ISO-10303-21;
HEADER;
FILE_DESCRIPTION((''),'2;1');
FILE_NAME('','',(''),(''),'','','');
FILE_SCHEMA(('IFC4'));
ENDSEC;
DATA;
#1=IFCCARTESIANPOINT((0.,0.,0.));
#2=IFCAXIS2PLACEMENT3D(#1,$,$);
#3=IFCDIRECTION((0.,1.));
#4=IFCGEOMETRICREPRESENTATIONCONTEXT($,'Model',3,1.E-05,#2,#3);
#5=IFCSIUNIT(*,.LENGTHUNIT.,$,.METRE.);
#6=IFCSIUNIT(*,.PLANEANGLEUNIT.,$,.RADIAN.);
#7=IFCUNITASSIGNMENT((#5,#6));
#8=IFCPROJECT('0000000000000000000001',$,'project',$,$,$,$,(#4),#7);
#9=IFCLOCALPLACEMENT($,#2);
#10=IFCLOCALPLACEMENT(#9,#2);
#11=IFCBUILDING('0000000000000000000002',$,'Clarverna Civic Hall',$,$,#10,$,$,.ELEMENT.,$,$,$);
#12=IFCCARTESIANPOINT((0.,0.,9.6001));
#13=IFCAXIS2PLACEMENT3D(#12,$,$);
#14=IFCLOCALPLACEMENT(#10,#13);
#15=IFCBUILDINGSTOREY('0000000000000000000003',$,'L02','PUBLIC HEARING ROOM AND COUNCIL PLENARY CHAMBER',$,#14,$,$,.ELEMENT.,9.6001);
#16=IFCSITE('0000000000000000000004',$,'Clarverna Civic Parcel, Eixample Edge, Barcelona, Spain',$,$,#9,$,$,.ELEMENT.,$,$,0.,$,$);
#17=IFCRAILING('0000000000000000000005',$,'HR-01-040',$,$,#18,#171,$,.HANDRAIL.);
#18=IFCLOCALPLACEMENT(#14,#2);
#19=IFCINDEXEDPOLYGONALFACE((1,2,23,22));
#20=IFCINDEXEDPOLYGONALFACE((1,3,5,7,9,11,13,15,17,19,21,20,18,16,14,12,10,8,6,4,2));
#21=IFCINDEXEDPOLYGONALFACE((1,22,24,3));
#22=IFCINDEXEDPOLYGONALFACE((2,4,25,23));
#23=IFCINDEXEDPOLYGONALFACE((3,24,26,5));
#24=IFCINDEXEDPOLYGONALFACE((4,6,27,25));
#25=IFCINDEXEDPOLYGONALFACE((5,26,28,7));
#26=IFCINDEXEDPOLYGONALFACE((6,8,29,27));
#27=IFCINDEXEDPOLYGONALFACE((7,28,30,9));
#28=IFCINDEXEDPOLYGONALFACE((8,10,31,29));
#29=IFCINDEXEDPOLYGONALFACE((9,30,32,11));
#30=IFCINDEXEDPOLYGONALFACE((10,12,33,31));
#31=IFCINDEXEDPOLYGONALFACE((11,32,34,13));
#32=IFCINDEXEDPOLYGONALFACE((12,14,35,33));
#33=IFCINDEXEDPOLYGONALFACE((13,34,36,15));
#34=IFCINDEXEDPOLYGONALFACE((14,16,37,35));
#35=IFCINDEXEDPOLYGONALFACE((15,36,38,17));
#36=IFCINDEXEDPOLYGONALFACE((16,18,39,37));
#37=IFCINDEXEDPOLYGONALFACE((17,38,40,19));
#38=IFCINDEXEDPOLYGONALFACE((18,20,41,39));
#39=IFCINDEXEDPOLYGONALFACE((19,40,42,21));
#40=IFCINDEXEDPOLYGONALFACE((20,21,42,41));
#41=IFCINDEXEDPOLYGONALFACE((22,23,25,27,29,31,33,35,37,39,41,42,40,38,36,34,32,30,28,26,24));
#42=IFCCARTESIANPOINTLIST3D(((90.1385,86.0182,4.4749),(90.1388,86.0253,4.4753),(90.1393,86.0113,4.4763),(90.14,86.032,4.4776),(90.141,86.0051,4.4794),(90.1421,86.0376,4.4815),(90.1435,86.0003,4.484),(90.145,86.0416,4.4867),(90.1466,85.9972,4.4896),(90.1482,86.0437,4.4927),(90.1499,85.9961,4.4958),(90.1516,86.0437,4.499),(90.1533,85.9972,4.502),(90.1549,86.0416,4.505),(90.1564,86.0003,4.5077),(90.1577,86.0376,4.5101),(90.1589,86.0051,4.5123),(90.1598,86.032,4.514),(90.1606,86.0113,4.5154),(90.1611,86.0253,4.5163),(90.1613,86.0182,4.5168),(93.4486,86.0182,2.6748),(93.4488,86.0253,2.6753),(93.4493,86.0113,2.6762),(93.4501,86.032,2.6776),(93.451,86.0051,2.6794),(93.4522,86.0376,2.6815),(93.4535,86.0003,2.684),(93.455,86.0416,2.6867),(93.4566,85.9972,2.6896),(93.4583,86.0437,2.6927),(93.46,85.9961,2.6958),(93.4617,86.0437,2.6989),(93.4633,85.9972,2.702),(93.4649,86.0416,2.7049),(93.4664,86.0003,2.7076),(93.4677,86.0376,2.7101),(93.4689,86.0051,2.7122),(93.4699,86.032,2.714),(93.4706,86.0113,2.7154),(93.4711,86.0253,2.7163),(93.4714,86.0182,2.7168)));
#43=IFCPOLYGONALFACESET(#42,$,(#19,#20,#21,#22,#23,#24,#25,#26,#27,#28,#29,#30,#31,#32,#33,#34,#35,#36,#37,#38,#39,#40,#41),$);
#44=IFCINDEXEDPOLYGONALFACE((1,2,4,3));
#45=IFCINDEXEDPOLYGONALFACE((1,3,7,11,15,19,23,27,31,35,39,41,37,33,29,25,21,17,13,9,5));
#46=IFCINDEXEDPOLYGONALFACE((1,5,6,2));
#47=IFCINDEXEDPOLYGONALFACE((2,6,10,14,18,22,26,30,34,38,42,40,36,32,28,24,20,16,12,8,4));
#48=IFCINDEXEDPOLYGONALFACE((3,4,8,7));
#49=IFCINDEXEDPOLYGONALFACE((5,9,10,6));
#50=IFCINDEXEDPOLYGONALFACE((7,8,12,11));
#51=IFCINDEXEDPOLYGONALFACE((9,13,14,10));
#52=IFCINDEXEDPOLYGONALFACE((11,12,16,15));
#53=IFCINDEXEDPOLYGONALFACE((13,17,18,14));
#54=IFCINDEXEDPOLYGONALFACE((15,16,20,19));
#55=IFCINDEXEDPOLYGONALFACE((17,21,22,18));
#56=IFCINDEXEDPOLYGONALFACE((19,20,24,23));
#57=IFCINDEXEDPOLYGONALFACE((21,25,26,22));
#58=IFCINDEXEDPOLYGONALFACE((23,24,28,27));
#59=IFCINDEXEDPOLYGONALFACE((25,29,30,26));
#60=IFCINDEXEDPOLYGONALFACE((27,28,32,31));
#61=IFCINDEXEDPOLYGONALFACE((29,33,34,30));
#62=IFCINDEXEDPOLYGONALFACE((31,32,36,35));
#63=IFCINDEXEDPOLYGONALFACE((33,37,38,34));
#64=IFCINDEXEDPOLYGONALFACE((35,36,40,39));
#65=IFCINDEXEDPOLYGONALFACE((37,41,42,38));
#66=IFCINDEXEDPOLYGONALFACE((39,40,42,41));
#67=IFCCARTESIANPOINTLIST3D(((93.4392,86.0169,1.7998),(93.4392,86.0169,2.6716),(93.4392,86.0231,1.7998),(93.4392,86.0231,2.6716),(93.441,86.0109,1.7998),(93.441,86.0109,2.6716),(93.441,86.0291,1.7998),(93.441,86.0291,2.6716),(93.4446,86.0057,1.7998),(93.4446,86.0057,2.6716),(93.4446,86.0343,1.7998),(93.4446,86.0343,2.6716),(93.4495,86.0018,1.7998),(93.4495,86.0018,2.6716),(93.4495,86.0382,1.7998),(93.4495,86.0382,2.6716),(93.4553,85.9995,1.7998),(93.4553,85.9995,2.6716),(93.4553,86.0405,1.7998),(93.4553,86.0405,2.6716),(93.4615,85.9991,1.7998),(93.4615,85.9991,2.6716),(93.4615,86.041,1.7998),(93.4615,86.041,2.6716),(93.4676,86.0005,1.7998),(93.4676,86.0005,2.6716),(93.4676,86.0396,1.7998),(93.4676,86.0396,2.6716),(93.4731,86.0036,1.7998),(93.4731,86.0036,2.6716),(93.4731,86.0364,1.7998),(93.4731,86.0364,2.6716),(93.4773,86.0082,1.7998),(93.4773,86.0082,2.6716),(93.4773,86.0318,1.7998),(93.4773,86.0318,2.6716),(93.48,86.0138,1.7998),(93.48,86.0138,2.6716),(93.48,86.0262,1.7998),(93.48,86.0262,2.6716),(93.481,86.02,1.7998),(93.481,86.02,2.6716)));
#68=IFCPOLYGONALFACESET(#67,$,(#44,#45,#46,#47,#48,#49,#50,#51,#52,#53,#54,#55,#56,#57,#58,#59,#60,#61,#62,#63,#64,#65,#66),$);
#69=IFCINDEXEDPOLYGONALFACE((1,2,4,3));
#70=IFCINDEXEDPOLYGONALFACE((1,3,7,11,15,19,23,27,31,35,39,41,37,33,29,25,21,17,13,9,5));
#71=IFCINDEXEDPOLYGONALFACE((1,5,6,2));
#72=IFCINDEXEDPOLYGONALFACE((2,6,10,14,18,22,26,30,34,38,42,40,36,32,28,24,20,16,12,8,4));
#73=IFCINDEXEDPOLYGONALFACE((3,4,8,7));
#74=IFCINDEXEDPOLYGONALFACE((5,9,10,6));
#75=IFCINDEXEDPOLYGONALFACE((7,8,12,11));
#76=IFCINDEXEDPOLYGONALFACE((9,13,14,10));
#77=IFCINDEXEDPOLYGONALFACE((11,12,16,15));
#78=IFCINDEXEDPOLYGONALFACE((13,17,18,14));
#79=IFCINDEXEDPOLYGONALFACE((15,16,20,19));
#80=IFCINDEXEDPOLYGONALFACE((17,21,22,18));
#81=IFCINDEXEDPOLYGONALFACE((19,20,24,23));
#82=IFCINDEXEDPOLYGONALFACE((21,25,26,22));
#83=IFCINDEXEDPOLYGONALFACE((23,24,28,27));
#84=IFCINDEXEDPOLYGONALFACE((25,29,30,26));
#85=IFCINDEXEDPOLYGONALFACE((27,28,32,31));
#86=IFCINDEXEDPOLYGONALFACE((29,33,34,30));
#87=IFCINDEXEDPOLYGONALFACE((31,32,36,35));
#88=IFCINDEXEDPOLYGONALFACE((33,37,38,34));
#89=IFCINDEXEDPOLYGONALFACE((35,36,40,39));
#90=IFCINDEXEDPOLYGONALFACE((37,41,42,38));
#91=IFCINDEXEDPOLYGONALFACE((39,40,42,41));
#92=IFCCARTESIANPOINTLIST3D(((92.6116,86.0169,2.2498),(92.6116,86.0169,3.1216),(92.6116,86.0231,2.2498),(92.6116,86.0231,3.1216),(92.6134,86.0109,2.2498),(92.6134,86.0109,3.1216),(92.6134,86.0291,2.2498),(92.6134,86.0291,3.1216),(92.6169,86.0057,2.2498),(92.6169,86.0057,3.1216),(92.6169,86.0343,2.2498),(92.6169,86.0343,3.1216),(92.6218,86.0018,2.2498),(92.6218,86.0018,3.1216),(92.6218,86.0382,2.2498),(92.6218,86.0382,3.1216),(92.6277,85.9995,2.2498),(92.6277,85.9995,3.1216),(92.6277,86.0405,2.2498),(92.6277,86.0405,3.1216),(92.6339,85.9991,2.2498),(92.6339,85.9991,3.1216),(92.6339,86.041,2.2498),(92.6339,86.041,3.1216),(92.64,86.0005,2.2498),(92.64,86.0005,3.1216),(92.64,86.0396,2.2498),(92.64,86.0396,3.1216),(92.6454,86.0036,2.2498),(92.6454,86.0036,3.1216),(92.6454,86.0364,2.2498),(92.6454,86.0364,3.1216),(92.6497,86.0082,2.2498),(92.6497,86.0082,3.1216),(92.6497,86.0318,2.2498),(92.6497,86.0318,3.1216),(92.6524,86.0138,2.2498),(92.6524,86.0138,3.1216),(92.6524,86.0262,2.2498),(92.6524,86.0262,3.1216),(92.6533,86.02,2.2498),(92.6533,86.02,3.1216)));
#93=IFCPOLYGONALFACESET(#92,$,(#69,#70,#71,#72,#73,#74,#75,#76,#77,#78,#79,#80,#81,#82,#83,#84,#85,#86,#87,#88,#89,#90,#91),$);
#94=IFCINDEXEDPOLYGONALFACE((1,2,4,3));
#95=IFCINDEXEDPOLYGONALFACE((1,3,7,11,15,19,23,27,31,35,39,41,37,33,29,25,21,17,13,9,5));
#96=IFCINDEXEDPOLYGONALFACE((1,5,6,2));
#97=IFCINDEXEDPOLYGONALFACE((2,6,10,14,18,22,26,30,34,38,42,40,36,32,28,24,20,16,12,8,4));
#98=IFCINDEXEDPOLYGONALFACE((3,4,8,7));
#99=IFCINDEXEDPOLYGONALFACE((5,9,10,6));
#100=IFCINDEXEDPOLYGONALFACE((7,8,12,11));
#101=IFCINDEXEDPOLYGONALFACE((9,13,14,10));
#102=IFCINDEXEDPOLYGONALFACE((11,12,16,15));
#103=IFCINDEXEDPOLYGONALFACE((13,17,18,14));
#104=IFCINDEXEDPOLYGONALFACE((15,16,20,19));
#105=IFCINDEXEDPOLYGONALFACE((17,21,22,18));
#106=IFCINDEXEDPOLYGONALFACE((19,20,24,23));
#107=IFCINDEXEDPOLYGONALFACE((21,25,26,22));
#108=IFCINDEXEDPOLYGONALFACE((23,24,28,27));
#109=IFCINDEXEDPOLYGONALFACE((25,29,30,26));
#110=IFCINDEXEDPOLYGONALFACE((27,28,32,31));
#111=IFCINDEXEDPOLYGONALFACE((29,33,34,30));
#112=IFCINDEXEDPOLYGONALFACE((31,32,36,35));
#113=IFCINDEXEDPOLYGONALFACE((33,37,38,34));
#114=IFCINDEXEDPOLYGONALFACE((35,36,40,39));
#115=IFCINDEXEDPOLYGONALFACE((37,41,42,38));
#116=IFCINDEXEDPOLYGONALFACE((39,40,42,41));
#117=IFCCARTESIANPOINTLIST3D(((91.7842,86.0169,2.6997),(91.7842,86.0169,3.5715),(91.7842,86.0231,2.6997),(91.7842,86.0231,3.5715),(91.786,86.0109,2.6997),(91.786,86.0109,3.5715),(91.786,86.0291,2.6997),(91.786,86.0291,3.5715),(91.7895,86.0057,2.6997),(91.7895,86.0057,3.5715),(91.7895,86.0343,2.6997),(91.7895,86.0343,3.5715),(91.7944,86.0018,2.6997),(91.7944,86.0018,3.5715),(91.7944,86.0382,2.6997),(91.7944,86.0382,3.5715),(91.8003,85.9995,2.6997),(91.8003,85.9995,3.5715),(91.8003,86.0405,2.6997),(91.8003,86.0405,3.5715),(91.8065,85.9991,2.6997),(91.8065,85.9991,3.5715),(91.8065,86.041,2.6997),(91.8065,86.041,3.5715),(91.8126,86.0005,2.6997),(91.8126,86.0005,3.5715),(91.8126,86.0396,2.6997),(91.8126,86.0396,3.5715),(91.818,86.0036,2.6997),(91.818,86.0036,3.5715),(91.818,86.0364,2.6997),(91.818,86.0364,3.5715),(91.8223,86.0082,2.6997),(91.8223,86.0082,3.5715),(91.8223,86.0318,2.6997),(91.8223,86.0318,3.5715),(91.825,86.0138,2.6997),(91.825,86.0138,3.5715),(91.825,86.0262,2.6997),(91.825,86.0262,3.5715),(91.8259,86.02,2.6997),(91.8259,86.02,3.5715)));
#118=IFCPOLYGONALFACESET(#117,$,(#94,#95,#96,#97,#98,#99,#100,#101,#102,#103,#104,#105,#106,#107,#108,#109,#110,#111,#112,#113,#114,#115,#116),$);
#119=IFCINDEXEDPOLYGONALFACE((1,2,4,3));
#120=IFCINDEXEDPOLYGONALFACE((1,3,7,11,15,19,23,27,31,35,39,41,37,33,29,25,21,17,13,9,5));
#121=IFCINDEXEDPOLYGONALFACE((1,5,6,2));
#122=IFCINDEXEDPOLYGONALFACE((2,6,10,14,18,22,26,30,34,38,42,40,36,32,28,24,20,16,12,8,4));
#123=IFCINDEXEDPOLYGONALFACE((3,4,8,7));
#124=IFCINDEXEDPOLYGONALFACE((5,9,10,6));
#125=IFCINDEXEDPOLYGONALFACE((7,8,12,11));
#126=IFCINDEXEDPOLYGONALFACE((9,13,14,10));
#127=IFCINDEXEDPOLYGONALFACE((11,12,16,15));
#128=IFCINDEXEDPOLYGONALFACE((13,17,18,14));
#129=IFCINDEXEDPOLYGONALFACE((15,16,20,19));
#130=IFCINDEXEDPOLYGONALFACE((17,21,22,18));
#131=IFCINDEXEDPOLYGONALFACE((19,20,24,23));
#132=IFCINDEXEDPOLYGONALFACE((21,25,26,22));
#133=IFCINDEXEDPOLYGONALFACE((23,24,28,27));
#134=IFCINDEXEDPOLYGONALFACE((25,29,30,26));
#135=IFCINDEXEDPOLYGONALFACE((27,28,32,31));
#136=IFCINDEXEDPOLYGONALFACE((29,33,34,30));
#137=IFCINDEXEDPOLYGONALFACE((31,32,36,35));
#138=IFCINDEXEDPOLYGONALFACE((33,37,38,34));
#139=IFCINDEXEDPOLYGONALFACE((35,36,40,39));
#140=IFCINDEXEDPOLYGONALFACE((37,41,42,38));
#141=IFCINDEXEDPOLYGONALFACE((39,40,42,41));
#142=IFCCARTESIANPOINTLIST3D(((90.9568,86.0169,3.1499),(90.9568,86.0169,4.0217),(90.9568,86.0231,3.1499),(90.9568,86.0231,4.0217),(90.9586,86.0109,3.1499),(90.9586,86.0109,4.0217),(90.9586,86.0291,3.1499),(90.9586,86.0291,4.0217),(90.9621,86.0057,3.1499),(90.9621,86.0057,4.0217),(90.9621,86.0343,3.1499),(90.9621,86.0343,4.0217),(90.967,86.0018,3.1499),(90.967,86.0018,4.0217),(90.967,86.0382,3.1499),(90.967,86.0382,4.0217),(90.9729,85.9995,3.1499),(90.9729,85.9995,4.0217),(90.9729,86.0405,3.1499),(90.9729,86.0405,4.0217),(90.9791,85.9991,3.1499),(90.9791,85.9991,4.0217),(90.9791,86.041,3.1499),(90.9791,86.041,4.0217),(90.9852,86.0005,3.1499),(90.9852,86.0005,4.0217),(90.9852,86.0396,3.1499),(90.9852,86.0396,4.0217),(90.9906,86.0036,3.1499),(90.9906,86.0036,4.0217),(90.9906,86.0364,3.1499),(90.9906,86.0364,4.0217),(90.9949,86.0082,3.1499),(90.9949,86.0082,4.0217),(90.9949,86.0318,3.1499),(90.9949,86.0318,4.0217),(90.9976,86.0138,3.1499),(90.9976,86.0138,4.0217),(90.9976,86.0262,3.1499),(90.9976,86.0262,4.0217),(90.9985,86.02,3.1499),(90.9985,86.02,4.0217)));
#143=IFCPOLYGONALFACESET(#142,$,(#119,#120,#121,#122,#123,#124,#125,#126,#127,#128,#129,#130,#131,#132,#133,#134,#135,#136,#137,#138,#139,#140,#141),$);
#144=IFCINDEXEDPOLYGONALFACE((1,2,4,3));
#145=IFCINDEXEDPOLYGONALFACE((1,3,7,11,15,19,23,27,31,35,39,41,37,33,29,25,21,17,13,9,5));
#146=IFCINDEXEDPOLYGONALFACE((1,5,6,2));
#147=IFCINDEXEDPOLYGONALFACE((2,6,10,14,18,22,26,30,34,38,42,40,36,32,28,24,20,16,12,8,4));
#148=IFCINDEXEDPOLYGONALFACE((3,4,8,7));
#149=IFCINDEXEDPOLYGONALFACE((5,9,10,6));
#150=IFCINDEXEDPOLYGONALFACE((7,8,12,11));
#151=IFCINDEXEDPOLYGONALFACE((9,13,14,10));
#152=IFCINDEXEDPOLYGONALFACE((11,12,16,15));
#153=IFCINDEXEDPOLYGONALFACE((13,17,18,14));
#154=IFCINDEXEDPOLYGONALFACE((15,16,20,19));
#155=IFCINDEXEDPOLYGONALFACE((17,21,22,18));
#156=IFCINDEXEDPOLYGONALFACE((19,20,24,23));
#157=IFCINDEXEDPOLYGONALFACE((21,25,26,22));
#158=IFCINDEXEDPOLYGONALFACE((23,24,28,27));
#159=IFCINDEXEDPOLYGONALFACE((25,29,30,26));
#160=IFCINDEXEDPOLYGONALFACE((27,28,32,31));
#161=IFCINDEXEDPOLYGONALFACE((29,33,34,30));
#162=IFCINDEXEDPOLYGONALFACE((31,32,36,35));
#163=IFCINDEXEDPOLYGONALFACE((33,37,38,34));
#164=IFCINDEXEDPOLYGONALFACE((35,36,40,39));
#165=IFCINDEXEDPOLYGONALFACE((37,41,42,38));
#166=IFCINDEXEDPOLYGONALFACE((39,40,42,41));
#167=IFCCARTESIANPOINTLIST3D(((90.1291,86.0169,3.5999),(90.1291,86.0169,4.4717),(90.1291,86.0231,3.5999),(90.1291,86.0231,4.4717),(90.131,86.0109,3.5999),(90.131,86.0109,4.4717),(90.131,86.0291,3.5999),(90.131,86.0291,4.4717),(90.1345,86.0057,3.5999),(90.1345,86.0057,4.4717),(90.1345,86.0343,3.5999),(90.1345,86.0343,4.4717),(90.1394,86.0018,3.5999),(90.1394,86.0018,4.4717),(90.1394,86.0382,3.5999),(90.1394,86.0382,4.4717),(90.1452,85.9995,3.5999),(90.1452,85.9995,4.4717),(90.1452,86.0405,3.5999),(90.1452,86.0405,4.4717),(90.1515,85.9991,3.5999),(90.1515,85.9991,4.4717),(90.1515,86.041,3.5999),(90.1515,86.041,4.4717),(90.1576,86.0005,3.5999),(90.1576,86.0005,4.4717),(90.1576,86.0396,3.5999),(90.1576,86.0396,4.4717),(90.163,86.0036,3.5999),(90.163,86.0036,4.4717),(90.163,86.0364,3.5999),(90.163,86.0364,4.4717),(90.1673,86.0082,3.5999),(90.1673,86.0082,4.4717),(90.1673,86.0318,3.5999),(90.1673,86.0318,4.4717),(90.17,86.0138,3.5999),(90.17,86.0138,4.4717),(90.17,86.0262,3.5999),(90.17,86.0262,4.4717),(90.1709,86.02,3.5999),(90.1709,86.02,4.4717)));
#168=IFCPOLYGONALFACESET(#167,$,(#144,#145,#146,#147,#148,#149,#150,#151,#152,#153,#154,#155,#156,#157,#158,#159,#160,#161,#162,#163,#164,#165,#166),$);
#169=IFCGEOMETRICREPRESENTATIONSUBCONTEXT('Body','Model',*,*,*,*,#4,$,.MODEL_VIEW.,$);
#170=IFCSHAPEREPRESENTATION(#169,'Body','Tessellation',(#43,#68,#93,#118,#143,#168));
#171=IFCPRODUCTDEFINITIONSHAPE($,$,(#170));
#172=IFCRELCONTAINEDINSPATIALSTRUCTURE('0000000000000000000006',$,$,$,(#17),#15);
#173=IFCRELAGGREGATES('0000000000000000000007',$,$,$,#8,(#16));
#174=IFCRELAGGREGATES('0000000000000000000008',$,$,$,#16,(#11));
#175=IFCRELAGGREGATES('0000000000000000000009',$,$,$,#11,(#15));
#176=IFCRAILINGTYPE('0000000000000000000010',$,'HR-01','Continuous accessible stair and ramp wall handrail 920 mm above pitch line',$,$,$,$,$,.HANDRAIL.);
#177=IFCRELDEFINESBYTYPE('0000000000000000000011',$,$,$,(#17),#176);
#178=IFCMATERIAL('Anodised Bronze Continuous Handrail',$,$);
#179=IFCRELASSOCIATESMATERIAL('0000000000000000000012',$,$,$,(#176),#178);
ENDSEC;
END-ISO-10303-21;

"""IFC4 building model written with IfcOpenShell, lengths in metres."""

from ifc_helpers import new_model, si_unit, direction, frame, origin, origin_2d, place, context, subcontext, project, spatial, circle, extrude, material, type_object, element, save


model = new_model("IFC4")

# Units and contexts
model_context = context("Model", 3, precision=1e-05, world=origin(), true_north=direction((0.0, 1.0)))
body_context = subcontext(model_context, "Body", "Model", "MODEL_VIEW")
ifc_project = project(units=[si_unit("LENGTHUNIT", "METRE"), si_unit("PLANEANGLEUNIT", "RADIAN")], contexts=[model_context])

# Site, building, storey
site_placement = place(None, origin())
site = spatial("IfcSite", under=ifc_project, at=site_placement, Name="Clarverna Civic Parcel, Eixample Edge, Barcelona, Spain", CompositionType="ELEMENT", RefElevation=0.0)
building_placement = place(site_placement, origin())
building = spatial("IfcBuilding", under=site, at=building_placement, Name="Clarverna Civic Hall", CompositionType="ELEMENT")
storey_placement = place(building_placement, frame((0.0, 0.0, 9.6001)))
storey = spatial("IfcBuildingStorey", under=building, at=storey_placement, Name="L02", Description="PUBLIC HEARING ROOM AND COUNCIL PLENARY CHAMBER", CompositionType="ELEMENT", Elevation=9.6001)

# Railing
ifc_material_1 = material(Name="Anodised Bronze Continuous Handrail")
railing_type = type_object("IfcRailingType", Name="HR-01", Description="Continuous accessible stair and ramp wall handrail 920 mm above pitch line", PredefinedType="HANDRAIL", material=ifc_material_1)
railing_placement = place(storey_placement, frame((93.46, 86.02, 1.7998)))
element("IfcRailing", 1, at=railing_placement, inside=storey, type_object=railing_type, Name="HR-01-040", PredefinedType="HANDRAIL", context=body_context, shape_type="SweptSolid", body=[
    extrude(circle(Radius=0.0239, at=origin_2d()), frame((0.0, 0.0, 0.896), z_axis=(-0.878502, 0.0, 0.477739), x_axis=(0.0, -1.0, 0.0)), (0.0, 0.0, 1.0), 3.7678),
    extrude(circle(Radius=0.021, at=origin_2d()), origin(), (0.0, 0.0, 1.0), 0.8718),
    extrude(circle(Radius=0.021, at=origin_2d()), frame((-0.8276, 0.0, 0.45)), (0.0, 0.0, 1.0), 0.8718),
    extrude(circle(Radius=0.021, at=origin_2d()), frame((-1.655, 0.0, 0.8999)), (0.0, 0.0, 1.0), 0.8718),
    extrude(circle(Radius=0.021, at=origin_2d()), frame((-2.4824, 0.0, 1.3501)), (0.0, 0.0, 1.0), 0.8718),
    extrude(circle(Radius=0.021, at=origin_2d()), frame((-3.3101, 0.0, 1.8)), (0.0, 0.0, 1.0), 0.8718),
])

save(model, "model.ifc")
